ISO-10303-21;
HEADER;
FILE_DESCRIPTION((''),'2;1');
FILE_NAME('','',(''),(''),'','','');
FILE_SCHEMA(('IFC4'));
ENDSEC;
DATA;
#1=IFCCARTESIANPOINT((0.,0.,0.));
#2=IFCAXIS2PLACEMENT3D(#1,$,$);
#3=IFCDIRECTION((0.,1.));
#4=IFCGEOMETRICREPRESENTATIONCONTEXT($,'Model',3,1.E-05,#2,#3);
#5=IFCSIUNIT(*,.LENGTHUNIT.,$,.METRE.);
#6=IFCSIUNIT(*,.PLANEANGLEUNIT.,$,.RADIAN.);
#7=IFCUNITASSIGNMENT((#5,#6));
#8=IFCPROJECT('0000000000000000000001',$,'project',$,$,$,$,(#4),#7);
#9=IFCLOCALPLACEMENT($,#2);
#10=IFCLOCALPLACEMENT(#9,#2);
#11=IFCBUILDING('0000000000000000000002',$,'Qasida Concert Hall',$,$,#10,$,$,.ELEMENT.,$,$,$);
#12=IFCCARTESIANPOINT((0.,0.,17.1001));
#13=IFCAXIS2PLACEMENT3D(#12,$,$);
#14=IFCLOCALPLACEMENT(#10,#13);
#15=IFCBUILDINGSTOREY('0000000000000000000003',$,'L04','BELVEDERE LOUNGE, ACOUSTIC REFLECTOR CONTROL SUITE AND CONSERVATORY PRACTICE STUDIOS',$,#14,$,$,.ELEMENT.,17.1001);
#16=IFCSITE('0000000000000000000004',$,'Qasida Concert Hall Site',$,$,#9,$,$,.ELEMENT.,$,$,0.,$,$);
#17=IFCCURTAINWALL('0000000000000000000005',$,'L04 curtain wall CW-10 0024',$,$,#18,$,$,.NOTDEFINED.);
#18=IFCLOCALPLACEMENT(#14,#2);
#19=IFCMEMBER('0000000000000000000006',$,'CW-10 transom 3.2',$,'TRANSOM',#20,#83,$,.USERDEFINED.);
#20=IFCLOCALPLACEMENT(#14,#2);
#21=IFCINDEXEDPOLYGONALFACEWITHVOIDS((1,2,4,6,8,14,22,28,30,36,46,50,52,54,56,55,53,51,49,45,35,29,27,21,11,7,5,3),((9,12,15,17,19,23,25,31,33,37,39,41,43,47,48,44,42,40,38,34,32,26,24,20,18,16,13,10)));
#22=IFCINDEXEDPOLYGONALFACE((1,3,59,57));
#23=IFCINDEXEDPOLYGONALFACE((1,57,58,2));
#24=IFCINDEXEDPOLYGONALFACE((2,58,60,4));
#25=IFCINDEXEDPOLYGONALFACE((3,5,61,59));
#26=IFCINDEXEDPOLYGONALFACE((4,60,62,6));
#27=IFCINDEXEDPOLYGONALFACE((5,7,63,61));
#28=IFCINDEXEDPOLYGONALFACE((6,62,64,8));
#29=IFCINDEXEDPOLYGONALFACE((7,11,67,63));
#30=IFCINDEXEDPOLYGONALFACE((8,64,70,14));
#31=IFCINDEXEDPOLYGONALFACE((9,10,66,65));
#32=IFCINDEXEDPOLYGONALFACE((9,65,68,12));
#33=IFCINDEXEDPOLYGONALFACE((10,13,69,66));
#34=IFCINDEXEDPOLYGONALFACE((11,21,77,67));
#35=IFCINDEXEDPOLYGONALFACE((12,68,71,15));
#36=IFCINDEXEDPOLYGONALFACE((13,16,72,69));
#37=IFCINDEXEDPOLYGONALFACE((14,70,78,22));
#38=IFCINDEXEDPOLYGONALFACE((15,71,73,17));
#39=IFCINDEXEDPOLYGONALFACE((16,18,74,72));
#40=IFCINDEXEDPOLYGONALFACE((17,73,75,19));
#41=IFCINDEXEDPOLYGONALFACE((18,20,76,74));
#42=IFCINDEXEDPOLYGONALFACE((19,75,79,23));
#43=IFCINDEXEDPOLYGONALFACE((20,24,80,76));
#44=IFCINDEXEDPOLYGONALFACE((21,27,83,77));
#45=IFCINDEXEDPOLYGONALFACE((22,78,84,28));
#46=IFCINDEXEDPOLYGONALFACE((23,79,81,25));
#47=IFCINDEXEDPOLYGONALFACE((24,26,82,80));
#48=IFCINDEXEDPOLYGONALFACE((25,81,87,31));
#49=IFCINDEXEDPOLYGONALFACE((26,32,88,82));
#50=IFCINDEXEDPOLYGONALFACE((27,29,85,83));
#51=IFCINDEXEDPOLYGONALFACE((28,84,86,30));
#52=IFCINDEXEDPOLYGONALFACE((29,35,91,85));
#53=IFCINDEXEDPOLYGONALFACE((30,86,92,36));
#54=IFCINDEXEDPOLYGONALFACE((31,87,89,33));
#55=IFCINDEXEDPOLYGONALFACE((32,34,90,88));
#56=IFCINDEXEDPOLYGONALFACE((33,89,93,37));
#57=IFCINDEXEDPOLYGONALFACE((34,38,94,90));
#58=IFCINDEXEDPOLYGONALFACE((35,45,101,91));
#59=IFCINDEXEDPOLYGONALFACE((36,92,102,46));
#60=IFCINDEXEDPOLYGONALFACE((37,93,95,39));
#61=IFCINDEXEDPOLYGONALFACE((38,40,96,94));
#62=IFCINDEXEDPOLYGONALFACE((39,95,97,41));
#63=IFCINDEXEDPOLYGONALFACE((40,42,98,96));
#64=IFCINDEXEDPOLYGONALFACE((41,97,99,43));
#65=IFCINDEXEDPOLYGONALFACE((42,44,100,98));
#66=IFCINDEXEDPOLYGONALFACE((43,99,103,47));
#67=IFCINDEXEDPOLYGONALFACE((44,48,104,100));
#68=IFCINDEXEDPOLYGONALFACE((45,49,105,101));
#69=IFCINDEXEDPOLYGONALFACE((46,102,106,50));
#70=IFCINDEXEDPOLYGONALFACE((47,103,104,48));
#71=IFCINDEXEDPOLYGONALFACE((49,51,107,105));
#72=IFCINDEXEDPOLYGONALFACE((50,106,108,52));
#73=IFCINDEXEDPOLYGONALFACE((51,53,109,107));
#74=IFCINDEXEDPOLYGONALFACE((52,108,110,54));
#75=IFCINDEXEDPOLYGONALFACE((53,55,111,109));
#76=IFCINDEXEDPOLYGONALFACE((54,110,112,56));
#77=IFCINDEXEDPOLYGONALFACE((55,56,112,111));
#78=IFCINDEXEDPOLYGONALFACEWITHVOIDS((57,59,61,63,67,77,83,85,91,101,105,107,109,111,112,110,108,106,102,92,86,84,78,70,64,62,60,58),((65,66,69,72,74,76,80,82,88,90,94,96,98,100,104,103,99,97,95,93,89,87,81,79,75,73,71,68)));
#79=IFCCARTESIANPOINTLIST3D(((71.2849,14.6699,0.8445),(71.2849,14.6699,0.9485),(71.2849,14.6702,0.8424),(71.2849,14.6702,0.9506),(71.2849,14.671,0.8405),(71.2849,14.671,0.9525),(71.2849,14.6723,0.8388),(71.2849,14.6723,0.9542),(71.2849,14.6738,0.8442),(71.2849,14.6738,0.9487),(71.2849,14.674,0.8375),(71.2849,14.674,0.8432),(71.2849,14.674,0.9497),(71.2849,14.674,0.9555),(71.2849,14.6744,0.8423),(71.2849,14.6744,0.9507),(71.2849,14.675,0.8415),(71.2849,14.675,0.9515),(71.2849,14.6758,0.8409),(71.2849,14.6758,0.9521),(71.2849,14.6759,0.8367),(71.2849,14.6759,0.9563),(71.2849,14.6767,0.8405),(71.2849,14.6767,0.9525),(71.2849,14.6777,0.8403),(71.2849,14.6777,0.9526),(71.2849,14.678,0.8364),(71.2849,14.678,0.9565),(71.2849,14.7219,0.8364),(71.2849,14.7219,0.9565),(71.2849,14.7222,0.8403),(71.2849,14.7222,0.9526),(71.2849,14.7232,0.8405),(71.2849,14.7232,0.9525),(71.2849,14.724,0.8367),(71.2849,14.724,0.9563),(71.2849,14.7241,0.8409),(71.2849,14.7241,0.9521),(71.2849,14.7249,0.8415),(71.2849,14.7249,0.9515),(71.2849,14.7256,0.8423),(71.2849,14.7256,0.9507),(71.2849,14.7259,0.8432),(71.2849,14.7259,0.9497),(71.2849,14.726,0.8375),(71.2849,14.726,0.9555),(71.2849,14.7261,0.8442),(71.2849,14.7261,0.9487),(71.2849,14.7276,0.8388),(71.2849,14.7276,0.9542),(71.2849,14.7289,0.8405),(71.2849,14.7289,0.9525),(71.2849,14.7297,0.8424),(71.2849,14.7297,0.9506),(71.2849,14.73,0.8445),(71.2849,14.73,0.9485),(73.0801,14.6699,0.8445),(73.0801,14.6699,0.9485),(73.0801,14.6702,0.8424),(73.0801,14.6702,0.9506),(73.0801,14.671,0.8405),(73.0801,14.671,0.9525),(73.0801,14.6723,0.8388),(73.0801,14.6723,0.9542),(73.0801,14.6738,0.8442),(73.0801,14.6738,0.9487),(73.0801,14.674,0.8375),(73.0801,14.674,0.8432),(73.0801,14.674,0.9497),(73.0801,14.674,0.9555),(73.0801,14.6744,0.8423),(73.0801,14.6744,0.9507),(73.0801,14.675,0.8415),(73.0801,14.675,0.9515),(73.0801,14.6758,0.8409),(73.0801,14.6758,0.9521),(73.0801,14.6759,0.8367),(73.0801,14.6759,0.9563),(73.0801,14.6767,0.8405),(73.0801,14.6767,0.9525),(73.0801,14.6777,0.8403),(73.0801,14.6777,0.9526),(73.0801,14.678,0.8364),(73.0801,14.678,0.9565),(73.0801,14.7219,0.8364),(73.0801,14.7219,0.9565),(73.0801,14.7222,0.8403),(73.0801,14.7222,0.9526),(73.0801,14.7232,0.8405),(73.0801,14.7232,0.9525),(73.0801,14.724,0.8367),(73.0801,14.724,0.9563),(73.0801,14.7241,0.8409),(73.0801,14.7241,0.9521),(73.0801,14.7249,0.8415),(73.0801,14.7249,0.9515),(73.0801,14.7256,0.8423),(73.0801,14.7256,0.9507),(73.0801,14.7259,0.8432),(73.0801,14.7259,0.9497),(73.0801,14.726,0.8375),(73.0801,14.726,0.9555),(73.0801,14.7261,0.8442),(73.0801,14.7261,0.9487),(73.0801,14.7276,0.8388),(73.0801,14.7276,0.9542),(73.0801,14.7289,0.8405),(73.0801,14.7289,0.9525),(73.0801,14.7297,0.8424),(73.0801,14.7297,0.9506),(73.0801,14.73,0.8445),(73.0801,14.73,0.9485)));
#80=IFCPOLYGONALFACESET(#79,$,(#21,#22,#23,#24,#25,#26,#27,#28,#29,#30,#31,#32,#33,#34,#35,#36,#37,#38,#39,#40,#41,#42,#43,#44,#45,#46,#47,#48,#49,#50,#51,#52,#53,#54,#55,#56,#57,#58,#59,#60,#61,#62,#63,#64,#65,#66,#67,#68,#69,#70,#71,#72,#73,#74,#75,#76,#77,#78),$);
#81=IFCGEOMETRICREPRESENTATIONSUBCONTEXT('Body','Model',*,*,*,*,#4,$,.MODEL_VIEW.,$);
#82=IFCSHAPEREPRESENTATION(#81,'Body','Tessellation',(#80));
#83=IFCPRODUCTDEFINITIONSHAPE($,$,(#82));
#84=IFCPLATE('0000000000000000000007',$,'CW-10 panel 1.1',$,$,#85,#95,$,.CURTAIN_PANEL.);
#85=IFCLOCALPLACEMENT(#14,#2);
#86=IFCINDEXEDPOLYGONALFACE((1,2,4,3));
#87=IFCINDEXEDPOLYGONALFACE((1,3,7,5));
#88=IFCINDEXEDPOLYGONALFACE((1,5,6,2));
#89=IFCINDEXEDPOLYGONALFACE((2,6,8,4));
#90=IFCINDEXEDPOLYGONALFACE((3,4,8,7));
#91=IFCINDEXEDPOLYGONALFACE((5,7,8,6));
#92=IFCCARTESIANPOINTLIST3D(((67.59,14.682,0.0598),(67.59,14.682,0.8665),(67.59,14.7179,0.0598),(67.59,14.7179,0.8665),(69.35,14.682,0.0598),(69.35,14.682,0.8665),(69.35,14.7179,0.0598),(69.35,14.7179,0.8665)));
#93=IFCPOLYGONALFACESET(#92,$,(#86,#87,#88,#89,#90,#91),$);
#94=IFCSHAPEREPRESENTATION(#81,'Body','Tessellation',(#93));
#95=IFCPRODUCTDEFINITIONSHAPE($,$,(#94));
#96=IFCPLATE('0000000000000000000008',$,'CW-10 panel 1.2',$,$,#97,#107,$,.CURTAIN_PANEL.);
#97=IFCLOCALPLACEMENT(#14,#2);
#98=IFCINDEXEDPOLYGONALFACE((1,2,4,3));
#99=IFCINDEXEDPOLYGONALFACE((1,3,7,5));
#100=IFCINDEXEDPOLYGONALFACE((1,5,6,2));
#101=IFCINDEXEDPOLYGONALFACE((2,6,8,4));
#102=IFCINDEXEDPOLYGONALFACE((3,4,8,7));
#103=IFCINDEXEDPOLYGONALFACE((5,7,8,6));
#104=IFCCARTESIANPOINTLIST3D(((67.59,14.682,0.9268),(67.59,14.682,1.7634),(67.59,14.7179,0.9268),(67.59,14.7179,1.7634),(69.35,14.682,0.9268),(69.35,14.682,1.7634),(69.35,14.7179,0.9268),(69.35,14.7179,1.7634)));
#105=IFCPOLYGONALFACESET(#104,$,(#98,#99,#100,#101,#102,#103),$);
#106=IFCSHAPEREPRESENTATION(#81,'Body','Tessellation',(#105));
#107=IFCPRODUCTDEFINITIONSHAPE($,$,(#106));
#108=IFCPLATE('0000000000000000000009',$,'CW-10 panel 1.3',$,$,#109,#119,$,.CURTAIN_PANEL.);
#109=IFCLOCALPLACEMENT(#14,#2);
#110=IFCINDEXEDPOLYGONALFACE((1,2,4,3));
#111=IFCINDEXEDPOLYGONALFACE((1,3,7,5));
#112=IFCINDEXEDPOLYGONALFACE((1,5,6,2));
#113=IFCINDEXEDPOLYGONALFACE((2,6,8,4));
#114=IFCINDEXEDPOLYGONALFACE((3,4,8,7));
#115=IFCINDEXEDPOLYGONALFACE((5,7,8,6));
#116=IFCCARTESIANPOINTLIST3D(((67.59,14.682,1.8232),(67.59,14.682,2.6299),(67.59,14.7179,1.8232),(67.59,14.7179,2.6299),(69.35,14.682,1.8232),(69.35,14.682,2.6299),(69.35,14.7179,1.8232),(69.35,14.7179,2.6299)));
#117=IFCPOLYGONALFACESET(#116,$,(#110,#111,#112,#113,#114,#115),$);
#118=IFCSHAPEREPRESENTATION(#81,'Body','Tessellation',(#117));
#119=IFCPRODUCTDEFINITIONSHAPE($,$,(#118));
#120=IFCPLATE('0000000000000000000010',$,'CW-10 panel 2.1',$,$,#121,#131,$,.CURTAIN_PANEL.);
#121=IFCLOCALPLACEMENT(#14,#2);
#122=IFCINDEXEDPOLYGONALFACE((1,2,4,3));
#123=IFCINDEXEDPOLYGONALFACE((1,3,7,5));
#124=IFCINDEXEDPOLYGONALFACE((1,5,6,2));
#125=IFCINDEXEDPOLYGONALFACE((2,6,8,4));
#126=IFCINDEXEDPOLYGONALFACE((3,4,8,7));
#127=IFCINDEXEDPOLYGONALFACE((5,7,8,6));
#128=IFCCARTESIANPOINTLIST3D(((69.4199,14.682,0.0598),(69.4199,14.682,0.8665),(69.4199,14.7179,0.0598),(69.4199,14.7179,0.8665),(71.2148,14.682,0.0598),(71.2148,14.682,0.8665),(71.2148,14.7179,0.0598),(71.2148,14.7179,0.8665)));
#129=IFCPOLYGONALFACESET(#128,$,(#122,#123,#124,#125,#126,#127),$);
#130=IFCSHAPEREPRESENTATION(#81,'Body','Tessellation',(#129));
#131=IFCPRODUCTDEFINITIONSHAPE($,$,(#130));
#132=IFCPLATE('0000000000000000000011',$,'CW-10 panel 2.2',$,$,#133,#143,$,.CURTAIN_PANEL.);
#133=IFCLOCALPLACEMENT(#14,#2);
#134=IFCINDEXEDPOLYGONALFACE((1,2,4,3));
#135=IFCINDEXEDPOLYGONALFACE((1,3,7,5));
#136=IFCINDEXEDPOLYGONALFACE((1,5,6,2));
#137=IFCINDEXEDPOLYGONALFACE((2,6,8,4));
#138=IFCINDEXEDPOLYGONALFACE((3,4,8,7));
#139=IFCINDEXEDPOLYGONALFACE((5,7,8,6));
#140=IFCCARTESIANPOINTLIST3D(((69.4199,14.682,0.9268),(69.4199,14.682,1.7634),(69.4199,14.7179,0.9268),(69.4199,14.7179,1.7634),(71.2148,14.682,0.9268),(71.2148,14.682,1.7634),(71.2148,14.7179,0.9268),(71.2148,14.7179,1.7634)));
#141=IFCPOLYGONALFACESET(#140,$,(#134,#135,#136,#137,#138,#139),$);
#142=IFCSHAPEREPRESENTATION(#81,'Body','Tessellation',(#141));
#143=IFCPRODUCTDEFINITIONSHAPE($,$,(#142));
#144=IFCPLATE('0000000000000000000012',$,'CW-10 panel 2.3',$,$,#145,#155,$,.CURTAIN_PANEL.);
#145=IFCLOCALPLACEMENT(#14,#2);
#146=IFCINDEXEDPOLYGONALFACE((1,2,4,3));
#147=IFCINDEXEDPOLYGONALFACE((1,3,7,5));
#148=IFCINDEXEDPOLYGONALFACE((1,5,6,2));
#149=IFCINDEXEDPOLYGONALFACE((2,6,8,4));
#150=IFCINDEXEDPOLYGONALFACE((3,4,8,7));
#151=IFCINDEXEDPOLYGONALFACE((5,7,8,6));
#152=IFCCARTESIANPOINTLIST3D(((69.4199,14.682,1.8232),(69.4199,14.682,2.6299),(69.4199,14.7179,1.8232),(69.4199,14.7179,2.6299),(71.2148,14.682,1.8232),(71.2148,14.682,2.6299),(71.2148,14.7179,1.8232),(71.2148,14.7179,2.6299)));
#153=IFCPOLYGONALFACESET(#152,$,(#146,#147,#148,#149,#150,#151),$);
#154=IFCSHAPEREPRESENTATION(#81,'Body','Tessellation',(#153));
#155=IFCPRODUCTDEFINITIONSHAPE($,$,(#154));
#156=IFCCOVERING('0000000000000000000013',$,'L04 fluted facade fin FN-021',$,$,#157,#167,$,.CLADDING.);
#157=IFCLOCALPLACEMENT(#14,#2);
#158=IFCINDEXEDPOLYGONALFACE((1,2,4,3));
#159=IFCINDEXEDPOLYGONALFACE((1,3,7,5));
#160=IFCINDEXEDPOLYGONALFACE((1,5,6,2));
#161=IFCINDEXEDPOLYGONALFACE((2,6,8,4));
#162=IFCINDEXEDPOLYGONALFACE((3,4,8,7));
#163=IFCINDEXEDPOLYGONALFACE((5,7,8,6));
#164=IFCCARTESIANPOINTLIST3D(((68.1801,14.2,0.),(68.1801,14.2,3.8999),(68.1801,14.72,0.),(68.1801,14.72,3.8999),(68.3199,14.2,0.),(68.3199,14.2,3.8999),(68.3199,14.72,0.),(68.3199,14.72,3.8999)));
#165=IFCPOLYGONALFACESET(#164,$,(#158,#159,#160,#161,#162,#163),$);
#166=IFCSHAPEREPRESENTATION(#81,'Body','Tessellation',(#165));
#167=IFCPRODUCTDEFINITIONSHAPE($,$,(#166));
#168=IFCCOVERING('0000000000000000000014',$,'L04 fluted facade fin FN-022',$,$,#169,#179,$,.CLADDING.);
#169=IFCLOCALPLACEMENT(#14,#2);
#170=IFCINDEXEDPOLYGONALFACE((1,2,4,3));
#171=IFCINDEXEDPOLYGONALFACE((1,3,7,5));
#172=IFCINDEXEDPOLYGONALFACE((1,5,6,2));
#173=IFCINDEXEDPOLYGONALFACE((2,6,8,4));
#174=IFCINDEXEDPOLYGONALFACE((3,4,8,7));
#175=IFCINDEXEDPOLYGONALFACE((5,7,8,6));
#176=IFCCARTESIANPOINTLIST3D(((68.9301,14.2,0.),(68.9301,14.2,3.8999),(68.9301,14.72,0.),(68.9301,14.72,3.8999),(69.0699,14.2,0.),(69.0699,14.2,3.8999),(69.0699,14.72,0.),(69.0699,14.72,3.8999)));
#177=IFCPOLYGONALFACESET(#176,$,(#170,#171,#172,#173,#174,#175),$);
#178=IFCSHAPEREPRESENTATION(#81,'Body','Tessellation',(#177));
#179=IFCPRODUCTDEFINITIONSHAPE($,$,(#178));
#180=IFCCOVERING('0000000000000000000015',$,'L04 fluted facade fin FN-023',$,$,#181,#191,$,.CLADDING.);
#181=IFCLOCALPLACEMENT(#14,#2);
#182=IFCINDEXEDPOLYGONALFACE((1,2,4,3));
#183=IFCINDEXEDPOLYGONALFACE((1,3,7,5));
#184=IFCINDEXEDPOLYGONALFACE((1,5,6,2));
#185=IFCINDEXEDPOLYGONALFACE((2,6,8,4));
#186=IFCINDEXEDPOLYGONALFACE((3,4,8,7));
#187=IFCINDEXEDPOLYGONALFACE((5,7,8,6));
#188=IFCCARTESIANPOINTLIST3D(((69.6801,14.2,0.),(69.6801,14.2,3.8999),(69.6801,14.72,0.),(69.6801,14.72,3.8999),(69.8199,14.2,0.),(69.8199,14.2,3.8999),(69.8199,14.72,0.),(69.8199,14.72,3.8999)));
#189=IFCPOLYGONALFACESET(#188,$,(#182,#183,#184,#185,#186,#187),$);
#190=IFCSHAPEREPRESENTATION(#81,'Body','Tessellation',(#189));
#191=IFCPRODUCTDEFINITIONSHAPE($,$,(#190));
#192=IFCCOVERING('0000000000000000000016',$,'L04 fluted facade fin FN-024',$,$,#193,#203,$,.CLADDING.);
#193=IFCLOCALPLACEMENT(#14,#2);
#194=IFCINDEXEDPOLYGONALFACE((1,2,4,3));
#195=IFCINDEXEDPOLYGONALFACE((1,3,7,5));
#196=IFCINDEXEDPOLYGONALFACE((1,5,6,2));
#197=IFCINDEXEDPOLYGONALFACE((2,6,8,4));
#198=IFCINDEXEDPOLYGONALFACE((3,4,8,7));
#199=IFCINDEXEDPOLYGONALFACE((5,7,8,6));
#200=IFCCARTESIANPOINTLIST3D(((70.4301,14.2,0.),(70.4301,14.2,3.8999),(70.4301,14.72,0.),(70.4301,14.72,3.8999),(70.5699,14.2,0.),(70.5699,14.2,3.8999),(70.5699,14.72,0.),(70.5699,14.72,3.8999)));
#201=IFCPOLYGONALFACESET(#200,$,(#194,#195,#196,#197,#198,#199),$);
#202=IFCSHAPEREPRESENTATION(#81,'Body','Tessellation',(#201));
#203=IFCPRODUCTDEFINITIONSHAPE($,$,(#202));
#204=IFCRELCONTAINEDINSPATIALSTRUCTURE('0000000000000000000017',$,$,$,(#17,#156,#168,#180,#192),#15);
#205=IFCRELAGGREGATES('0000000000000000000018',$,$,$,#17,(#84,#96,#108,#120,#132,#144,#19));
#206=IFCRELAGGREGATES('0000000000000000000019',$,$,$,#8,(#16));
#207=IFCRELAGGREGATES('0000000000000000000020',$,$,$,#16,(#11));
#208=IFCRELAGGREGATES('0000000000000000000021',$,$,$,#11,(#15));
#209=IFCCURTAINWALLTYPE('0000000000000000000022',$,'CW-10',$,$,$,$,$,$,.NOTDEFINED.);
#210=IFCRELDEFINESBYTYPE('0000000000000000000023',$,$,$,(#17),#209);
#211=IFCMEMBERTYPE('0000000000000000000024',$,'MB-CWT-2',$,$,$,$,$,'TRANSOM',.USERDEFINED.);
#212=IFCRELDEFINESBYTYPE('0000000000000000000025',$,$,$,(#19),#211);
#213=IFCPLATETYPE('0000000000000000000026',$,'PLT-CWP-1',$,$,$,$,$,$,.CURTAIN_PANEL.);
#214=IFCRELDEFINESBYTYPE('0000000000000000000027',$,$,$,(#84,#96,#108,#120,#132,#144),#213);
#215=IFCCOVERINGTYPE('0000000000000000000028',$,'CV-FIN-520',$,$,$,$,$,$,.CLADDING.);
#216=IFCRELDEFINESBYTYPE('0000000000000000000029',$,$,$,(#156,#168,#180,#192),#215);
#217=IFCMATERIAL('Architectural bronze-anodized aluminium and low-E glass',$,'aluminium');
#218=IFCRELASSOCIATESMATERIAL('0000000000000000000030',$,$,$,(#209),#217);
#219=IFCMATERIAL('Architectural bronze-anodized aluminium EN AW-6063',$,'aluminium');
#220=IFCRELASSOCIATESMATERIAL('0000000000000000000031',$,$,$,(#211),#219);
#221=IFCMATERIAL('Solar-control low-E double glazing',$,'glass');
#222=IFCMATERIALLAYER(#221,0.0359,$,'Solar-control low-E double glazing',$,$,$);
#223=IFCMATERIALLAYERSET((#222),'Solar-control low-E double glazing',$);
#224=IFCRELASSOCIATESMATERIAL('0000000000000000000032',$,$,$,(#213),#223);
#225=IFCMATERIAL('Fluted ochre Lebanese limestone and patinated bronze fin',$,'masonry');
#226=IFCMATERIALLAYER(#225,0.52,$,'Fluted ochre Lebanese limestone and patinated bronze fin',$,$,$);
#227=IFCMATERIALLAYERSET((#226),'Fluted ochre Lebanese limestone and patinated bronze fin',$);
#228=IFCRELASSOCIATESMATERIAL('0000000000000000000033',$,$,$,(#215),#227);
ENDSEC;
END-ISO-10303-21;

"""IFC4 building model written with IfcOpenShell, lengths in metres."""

from ifc_helpers import new_model, si_unit, direction, frame, origin, origin_2d, place, context, subcontext, project, spatial, rectangle, hollow_rectangle, extrude, material, layer, layer_set, material_profile, profile_set, type_object, element, aggregate, save


model = new_model("IFC4")

# Units and contexts
model_context = context("Model", 3, precision=1e-05, world=origin(), true_north=direction((0.0, 1.0)))
body_context = subcontext(model_context, "Body", "Model", "MODEL_VIEW")
ifc_project = project(units=[si_unit("LENGTHUNIT", "METRE"), si_unit("PLANEANGLEUNIT", "RADIAN")], contexts=[model_context])

# Site, building, storey
site_placement = place(None, origin())
site = spatial("IfcSite", under=ifc_project, at=site_placement, Name="Qasida Concert Hall Site", CompositionType="ELEMENT", RefElevation=0.0)
building_placement = place(site_placement, origin())
building = spatial("IfcBuilding", under=site, at=building_placement, Name="Qasida Concert Hall", CompositionType="ELEMENT")
storey_placement = place(building_placement, frame((0.0, 0.0, 17.1001)))
storey = spatial("IfcBuildingStorey", under=building, at=storey_placement, Name="L04", Description="BELVEDERE LOUNGE, ACOUSTIC REFLECTOR CONTROL SUITE AND CONSERVATORY PRACTICE STUDIOS", CompositionType="ELEMENT", Elevation=17.1001)

# Curtain wall, member, plates
ifc_material_1 = material(Name="Architectural bronze-anodized aluminium and low-E glass", Category="aluminium")
curtain_wall_type = type_object("IfcCurtainWallType", Name="CW-10", PredefinedType="NOTDEFINED", material=ifc_material_1)
curtain_wall_placement = place(storey_placement, origin())
curtain_wall = element("IfcCurtainWall", 1, at=curtain_wall_placement, inside=storey, type_object=curtain_wall_type, Name="L04 curtain wall CW-10 0024", PredefinedType="NOTDEFINED")
ifc_material_2 = material(Name="Architectural bronze-anodized aluminium EN AW-6063", Category="aluminium")
ifc_material_profile_1 = material_profile(ifc_material_2, hollow_rectangle(XDim=0.0601, YDim=0.1201, WallThickness=0.0039, InnerFilletRadius=0.0039, OuterFilletRadius=0.0081, at=origin_2d()), Name="CWT 120x60x4")
ifc_profile_set_1 = profile_set([ifc_material_profile_1], Name="Architectural bronze-anodized aluminium EN AW-6063")
member_type_1 = type_object("IfcMemberType", Name="MB-CWT-2", ElementType="TRANSOM", PredefinedType="USERDEFINED", material=ifc_profile_set_1)
member_1_placement = place(storey_placement, frame((71.2849, 14.7, 0.8965), z_axis=(1.0, 0.0, 0.0), x_axis=(0.0, 1.0, 0.0)))
member_1 = element("IfcMember", 2, at=member_1_placement, type_object=member_type_1, Name="CW-10 transom 3.2", ObjectType="TRANSOM", PredefinedType="USERDEFINED", context=body_context, shape_type="SweptSolid", body=[
    extrude(hollow_rectangle(XDim=0.0601, YDim=0.1201, WallThickness=0.0039, InnerFilletRadius=0.0039, OuterFilletRadius=0.0081, at=origin_2d()), origin(), (0.0, 0.0, 1.0), 1.7952),
])
ifc_material_3 = material(Name="Solar-control low-E double glazing", Category="glass")
ifc_layer_1 = layer(ifc_material_3, 0.0359, Name="Solar-control low-E double glazing")
ifc_layer_set_1 = layer_set([ifc_layer_1], Name="Solar-control low-E double glazing")
plate_type = type_object("IfcPlateType", Name="PLT-CWP-1", PredefinedType="CURTAIN_PANEL", material=ifc_layer_set_1)
plate_1_placement = place(storey_placement, frame((68.47, 14.7, 0.0598), z_axis=(0.0, 0.0, 1.0), x_axis=(1.0, 0.0, 0.0)))
plate_1 = element("IfcPlate", 3, at=plate_1_placement, type_object=plate_type, Name="CW-10 panel 1.1", PredefinedType="CURTAIN_PANEL", context=body_context, shape_type="SweptSolid", body=[
    extrude(rectangle(XDim=1.76, YDim=0.0359, at=origin_2d()), origin(), (0.0, 0.0, 1.0), 0.8066),
])
plate_2_placement = place(storey_placement, frame((68.47, 14.7, 0.9268), z_axis=(0.0, 0.0, 1.0), x_axis=(1.0, 0.0, 0.0)))
plate_2 = element("IfcPlate", 4, at=plate_2_placement, type_object=plate_type, Name="CW-10 panel 1.2", PredefinedType="CURTAIN_PANEL", context=body_context, shape_type="SweptSolid", body=[
    extrude(rectangle(XDim=1.76, YDim=0.0359, at=origin_2d()), origin(), (0.0, 0.0, 1.0), 0.8367),
])
plate_3_placement = place(storey_placement, frame((68.47, 14.7, 1.8232), z_axis=(0.0, 0.0, 1.0), x_axis=(1.0, 0.0, 0.0)))
plate_3 = element("IfcPlate", 5, at=plate_3_placement, type_object=plate_type, Name="CW-10 panel 1.3", PredefinedType="CURTAIN_PANEL", context=body_context, shape_type="SweptSolid", body=[
    extrude(rectangle(XDim=1.76, YDim=0.0359, at=origin_2d()), origin(), (0.0, 0.0, 1.0), 0.8066),
])
plate_4_placement = place(storey_placement, frame((70.3174, 14.7, 0.0598), z_axis=(0.0, 0.0, 1.0), x_axis=(1.0, 0.0, 0.0)))
plate_4 = element("IfcPlate", 6, at=plate_4_placement, type_object=plate_type, Name="CW-10 panel 2.1", PredefinedType="CURTAIN_PANEL", context=body_context, shape_type="SweptSolid", body=[
    extrude(rectangle(XDim=1.7949, YDim=0.0359, at=origin_2d()), origin(), (0.0, 0.0, 1.0), 0.8066),
])
plate_5_placement = place(storey_placement, frame((70.3174, 14.7, 0.9268), z_axis=(0.0, 0.0, 1.0), x_axis=(1.0, 0.0, 0.0)))
plate_5 = element("IfcPlate", 7, at=plate_5_placement, type_object=plate_type, Name="CW-10 panel 2.2", PredefinedType="CURTAIN_PANEL", context=body_context, shape_type="SweptSolid", body=[
    extrude(rectangle(XDim=1.7949, YDim=0.0359, at=origin_2d()), origin(), (0.0, 0.0, 1.0), 0.8367),
])
plate_6_placement = place(storey_placement, frame((70.3174, 14.7, 1.8232), z_axis=(0.0, 0.0, 1.0), x_axis=(1.0, 0.0, 0.0)))
plate_6 = element("IfcPlate", 8, at=plate_6_placement, type_object=plate_type, Name="CW-10 panel 2.3", PredefinedType="CURTAIN_PANEL", context=body_context, shape_type="SweptSolid", body=[
    extrude(rectangle(XDim=1.7949, YDim=0.0359, at=origin_2d()), origin(), (0.0, 0.0, 1.0), 0.8066),
])
aggregate(curtain_wall, [plate_1, plate_2, plate_3, plate_4, plate_5, plate_6, member_1])

# Coverings
ifc_material_4 = material(Name="Fluted ochre Lebanese limestone and patinated bronze fin", Category="masonry")
ifc_layer_2 = layer(ifc_material_4, 0.52, Name="Fluted ochre Lebanese limestone and patinated bronze fin")
ifc_layer_set_2 = layer_set([ifc_layer_2], Name="Fluted ochre Lebanese limestone and patinated bronze fin")
covering_type = type_object("IfcCoveringType", Name="CV-FIN-520", PredefinedType="CLADDING", material=ifc_layer_set_2)
for number, where, z_axis, x_axis, name in (
    (9, (68.25, 14.46, 0.0), (0.0, 0.0, 1.0), (1.0, 0.0, 0.0), "L04 fluted facade fin FN-021"),
    (10, (69.0, 14.46, 0.0), (0.0, 0.0, 1.0), (1.0, 0.0, 0.0), "L04 fluted facade fin FN-022"),
    (11, (69.75, 14.46, 0.0), (0.0, 0.0, 1.0), (1.0, 0.0, 0.0), "L04 fluted facade fin FN-023"),
    (12, (70.5, 14.46, 0.0), (0.0, 0.0, 1.0), (1.0, 0.0, 0.0), "L04 fluted facade fin FN-024"),
):
    element("IfcCovering", number, at=place(storey_placement, frame(where, z_axis=z_axis, x_axis=x_axis)), inside=storey, type_object=covering_type, Name=name, PredefinedType="CLADDING", context=body_context, shape_type="SweptSolid", body=[
        extrude(rectangle(XDim=0.1399, YDim=0.52, at=origin_2d()), origin(), (0.0, 0.0, 1.0), 3.8999),
    ])

save(model, "model.ifc")
